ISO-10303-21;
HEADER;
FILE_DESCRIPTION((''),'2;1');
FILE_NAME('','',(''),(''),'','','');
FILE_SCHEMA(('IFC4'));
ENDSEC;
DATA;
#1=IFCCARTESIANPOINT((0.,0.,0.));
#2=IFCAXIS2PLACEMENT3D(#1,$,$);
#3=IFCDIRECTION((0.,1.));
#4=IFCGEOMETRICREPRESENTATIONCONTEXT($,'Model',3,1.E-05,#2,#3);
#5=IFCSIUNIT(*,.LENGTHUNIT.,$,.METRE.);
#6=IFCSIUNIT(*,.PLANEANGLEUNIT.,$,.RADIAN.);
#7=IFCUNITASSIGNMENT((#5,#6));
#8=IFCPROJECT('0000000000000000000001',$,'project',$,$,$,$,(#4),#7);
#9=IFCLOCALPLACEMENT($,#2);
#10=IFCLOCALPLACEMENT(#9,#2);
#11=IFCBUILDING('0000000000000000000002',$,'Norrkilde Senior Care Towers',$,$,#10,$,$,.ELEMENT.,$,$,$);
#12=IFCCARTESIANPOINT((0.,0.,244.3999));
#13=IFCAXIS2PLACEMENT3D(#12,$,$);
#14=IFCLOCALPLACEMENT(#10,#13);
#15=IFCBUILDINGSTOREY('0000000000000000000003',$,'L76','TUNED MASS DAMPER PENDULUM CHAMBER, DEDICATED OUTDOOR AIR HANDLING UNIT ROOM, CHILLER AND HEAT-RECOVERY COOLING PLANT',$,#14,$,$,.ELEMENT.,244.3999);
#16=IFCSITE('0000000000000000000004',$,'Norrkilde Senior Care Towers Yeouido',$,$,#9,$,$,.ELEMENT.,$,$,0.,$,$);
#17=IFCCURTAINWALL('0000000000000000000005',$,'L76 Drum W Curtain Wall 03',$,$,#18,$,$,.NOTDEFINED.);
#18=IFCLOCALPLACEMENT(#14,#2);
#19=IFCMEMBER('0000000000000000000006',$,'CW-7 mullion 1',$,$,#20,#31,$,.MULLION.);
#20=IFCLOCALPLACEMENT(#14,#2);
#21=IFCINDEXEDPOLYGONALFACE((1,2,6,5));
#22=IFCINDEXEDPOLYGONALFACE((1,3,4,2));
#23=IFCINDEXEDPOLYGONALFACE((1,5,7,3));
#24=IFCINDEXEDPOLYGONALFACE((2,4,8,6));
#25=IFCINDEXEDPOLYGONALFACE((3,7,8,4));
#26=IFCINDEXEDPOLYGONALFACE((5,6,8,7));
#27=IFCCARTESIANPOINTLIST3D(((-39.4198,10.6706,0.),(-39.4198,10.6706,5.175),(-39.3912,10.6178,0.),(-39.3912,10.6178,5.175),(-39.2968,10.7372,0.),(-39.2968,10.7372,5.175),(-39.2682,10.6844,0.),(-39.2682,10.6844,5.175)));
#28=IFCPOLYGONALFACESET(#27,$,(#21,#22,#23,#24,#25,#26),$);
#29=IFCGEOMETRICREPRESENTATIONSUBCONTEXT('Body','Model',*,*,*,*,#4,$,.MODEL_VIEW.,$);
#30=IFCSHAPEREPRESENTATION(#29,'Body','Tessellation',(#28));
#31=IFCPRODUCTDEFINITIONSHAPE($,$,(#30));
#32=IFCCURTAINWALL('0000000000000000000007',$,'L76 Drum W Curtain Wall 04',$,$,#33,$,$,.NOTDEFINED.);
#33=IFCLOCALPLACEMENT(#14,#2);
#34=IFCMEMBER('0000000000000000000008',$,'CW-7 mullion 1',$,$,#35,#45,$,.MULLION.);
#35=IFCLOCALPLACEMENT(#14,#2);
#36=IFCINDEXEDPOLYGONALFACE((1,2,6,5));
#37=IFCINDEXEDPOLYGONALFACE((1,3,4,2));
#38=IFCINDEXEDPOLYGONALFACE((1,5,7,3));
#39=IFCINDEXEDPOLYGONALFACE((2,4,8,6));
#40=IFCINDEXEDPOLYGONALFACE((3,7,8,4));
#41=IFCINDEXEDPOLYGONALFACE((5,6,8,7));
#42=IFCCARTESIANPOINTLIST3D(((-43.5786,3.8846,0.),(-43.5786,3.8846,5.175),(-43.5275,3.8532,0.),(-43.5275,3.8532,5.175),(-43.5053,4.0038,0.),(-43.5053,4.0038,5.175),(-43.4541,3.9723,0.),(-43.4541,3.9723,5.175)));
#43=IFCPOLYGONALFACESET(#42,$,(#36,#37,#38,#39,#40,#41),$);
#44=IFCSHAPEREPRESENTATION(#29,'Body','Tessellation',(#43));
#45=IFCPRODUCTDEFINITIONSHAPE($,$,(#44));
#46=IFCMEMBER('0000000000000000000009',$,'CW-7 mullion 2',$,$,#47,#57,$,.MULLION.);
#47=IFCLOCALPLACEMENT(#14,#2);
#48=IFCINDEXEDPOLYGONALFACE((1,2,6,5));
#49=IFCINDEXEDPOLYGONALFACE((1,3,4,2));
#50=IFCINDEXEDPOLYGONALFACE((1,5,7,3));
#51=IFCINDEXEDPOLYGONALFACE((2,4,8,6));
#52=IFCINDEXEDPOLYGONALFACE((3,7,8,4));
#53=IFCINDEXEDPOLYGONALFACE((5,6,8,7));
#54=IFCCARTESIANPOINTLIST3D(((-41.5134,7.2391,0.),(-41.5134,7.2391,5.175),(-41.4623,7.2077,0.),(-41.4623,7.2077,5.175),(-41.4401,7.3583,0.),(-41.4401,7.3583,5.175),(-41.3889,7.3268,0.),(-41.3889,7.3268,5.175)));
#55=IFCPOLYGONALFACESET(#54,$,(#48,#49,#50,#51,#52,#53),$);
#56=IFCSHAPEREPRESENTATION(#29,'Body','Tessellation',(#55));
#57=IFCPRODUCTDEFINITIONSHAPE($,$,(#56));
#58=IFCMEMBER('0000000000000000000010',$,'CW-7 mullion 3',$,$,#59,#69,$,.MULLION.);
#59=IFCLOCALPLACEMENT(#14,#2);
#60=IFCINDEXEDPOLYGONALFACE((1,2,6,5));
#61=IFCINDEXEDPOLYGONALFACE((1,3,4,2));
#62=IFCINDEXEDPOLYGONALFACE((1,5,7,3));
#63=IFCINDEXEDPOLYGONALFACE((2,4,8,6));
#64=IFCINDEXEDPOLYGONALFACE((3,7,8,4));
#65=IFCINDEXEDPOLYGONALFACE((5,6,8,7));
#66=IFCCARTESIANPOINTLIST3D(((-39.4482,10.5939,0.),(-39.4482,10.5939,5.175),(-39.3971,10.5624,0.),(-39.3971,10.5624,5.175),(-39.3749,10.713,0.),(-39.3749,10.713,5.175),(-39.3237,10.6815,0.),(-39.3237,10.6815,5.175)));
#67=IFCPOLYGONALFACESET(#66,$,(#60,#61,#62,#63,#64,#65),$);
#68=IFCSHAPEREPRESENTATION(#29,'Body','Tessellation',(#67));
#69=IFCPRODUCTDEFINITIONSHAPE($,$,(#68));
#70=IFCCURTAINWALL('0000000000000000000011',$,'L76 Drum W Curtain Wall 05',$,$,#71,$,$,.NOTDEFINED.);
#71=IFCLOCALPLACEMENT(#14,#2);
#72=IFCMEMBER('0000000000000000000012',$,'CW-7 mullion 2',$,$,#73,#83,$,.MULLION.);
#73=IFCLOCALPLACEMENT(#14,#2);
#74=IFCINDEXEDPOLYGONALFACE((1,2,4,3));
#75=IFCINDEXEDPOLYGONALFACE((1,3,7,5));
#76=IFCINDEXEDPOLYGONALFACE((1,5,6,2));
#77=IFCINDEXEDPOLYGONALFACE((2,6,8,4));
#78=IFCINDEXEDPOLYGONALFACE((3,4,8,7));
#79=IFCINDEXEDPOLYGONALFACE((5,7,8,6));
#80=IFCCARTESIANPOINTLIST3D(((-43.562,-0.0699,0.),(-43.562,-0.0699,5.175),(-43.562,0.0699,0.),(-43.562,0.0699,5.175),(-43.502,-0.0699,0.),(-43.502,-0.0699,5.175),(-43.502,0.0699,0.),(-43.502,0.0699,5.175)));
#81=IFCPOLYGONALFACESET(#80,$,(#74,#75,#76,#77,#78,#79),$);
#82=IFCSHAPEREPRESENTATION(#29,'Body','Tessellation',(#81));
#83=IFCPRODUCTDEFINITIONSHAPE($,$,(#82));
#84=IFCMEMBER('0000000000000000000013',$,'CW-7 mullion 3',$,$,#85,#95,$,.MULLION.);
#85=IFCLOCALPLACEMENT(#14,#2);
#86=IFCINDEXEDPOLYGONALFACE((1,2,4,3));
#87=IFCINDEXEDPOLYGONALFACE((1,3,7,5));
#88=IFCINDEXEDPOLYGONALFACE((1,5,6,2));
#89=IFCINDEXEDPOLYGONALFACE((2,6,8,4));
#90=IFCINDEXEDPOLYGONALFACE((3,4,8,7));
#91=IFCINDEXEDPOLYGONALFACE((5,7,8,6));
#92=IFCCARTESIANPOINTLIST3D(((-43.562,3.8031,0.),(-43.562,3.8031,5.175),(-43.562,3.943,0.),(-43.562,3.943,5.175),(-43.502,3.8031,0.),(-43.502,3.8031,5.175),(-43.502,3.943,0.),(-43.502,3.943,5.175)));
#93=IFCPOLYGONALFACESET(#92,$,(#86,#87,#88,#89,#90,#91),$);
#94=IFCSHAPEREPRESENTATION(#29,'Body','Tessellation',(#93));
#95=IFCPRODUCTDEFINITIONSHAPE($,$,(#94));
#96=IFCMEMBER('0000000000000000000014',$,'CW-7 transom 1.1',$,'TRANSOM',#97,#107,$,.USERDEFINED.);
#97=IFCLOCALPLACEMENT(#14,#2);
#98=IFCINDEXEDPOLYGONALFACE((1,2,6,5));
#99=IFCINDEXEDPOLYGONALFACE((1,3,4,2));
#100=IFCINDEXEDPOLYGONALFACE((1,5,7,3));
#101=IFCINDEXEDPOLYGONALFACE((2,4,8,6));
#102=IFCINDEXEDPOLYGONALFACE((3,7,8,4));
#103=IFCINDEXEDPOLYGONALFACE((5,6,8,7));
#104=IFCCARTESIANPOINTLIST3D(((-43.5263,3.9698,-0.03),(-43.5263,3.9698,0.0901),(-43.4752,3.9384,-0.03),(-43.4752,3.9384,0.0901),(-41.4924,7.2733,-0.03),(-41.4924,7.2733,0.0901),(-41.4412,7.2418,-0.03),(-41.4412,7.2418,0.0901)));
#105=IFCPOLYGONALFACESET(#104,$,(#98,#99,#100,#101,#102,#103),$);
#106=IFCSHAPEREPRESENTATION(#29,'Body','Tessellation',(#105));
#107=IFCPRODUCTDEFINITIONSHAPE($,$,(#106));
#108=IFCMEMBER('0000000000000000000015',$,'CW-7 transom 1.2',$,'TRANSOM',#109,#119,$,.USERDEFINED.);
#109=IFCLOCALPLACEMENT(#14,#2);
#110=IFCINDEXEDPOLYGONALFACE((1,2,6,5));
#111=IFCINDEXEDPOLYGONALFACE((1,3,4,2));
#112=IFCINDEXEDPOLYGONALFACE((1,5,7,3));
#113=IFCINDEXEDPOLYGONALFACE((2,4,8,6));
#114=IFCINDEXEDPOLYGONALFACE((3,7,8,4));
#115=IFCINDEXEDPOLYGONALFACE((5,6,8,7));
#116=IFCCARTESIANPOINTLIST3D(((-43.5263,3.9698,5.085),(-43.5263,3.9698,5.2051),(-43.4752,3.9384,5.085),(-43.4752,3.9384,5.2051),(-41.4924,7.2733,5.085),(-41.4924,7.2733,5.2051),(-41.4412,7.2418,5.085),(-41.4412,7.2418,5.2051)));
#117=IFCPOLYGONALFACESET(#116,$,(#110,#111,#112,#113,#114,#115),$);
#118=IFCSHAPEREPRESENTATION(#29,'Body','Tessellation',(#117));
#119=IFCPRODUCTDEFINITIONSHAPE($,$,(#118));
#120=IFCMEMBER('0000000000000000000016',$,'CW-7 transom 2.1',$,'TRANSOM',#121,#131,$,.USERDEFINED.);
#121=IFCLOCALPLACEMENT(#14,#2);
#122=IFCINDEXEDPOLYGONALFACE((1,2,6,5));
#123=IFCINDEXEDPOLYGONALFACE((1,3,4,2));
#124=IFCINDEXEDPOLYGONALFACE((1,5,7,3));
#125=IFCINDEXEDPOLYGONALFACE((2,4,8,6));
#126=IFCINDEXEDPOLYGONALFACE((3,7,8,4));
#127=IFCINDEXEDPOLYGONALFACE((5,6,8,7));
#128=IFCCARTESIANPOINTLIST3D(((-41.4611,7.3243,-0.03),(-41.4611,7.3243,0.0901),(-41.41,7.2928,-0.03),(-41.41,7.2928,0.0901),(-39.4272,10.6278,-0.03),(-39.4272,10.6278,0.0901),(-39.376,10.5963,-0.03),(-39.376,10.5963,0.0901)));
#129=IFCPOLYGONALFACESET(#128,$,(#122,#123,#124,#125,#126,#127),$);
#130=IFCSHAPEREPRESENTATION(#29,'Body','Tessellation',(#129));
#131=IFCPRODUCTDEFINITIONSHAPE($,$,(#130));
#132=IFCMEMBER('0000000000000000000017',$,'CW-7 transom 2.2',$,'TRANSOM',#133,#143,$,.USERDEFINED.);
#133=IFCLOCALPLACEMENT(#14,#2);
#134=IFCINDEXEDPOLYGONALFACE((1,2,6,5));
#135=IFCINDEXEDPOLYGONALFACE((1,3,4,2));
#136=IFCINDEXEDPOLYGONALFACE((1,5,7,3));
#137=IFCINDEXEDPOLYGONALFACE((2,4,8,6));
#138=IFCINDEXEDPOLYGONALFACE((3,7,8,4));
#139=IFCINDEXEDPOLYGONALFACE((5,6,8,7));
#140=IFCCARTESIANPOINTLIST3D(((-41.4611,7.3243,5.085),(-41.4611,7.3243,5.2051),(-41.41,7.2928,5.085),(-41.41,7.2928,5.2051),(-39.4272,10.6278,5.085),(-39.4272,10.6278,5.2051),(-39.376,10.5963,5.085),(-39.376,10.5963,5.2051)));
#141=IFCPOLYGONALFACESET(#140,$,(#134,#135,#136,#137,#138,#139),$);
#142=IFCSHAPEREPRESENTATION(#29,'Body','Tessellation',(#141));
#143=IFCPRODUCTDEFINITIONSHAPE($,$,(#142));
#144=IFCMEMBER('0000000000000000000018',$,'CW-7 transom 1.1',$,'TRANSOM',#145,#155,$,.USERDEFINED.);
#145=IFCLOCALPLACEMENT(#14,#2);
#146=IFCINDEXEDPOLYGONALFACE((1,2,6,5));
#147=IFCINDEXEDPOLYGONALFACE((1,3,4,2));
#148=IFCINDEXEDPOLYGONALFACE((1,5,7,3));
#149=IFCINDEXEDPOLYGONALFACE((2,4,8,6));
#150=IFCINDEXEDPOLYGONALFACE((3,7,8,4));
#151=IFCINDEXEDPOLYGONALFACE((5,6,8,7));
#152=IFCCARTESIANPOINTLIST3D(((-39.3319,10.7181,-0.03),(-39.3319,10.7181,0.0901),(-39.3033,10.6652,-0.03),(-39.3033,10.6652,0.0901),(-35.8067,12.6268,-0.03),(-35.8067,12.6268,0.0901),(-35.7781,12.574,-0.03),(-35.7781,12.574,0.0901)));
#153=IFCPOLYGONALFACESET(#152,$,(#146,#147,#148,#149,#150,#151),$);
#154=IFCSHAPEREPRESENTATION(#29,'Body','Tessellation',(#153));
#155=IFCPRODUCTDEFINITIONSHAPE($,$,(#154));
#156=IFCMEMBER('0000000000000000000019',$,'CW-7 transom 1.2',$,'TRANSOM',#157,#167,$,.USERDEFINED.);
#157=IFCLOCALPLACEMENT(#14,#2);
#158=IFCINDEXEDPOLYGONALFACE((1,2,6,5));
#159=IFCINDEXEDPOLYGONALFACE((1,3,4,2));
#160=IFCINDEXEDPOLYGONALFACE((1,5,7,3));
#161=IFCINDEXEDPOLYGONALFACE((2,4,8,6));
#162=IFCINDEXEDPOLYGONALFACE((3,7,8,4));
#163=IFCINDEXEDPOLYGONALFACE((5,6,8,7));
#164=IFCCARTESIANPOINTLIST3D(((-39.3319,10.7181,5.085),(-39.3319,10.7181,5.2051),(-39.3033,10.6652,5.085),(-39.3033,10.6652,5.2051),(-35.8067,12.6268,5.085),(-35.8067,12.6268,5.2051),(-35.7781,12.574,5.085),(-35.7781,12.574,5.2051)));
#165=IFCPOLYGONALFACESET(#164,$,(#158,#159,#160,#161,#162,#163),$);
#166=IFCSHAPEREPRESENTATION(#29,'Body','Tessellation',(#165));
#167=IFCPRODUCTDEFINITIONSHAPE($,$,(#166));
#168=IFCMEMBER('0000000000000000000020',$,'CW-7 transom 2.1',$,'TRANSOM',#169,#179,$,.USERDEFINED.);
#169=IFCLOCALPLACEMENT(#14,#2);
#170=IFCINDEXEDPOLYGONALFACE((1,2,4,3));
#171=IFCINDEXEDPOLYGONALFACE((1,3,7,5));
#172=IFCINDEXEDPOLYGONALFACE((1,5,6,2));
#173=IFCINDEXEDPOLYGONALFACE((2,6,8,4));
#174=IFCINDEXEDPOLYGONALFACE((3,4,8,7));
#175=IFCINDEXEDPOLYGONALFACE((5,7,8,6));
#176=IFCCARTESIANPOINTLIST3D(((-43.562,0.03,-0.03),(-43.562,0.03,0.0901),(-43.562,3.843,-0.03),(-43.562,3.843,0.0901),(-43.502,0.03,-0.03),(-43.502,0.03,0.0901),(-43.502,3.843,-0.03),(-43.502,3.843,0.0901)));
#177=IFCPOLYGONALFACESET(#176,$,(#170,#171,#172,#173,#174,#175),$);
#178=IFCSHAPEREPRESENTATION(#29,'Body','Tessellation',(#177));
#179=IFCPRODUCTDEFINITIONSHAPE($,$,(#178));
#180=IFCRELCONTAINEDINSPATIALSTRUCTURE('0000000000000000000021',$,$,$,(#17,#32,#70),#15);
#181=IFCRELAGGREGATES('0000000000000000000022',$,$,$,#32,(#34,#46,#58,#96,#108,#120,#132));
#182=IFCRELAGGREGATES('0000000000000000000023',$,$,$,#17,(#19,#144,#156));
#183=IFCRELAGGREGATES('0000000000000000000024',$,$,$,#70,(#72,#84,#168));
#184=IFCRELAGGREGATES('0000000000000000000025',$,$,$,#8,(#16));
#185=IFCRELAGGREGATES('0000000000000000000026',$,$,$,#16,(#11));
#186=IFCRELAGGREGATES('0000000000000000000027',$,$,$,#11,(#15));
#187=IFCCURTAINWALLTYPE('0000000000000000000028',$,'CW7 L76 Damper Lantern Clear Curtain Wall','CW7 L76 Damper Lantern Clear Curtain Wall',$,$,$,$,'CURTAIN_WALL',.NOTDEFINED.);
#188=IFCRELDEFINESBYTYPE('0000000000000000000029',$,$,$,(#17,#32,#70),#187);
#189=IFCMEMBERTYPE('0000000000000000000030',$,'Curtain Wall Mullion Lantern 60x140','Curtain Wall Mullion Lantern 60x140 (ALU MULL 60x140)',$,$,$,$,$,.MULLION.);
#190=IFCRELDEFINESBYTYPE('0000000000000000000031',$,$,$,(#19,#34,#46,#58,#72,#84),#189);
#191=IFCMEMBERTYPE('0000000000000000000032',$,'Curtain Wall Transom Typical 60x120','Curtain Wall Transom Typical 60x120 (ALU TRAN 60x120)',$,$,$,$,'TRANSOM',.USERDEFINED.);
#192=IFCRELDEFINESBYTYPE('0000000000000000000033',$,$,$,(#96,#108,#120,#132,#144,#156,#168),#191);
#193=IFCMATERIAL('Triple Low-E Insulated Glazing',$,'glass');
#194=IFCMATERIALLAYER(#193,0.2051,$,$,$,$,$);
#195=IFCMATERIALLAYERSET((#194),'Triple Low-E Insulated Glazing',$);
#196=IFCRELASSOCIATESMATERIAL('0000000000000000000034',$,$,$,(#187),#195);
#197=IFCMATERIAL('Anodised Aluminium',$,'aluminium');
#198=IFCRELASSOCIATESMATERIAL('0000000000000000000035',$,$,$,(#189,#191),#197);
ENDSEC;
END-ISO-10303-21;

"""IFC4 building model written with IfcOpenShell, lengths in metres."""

from ifc_helpers import new_model, si_unit, direction, frame, origin, origin_2d, place, context, subcontext, project, spatial, rectangle, extrude, source, transform, mapped, material, layer, layer_set, material_profile, profile_set, type_object, type_shapes, element, aggregate, save


model = new_model("IFC4")

# Units and contexts
model_context = context("Model", 3, precision=1e-05, world=origin(), true_north=direction((0.0, 1.0)))
body_context = subcontext(model_context, "Body", "Model", "MODEL_VIEW")
ifc_project = project(units=[si_unit("LENGTHUNIT", "METRE"), si_unit("PLANEANGLEUNIT", "RADIAN")], contexts=[model_context])

# Site, building, storey
site_placement = place(None, origin())
site = spatial("IfcSite", under=ifc_project, at=site_placement, Name="Norrkilde Senior Care Towers Yeouido", CompositionType="ELEMENT", RefElevation=0.0)
building_placement = place(site_placement, origin())
building = spatial("IfcBuilding", under=site, at=building_placement, Name="Norrkilde Senior Care Towers", CompositionType="ELEMENT")
storey_placement = place(building_placement, frame((0.0, 0.0, 244.3999)))
storey = spatial("IfcBuildingStorey", under=building, at=storey_placement, Name="L76", Description="TUNED MASS DAMPER PENDULUM CHAMBER, DEDICATED OUTDOOR AIR HANDLING UNIT ROOM, CHILLER AND HEAT-RECOVERY COOLING PLANT", CompositionType="ELEMENT", Elevation=244.3999)

# Curtain wall, member
ifc_material_1 = material(Name="Triple Low-E Insulated Glazing", Category="glass")
ifc_layer_1 = layer(ifc_material_1, 0.2051)
ifc_layer_set_1 = layer_set([ifc_layer_1], Name="Triple Low-E Insulated Glazing")
curtain_wall_type = type_object("IfcCurtainWallType", Name="CW7 L76 Damper Lantern Clear Curtain Wall", Description="CW7 L76 Damper Lantern Clear Curtain Wall", ElementType="CURTAIN_WALL", PredefinedType="NOTDEFINED", material=ifc_layer_set_1)
curtain_wall_1_placement = place(storey_placement, origin())
curtain_wall_1 = element("IfcCurtainWall", 1, at=curtain_wall_1_placement, inside=storey, type_object=curtain_wall_type, Name="L76 Drum W Curtain Wall 03", PredefinedType="NOTDEFINED")
ifc_material_2 = material(Name="Anodised Aluminium", Category="aluminium")
ifc_material_profile_1 = material_profile(ifc_material_2, rectangle(XDim=0.0601, YDim=0.1399, at=origin_2d()), Name="ALU MULL 60x140")
ifc_profile_set_1 = profile_set([ifc_material_profile_1], Name="Anodised Aluminium")
member_type_1 = type_object("IfcMemberType", Name="Curtain Wall Mullion Lantern 60x140", Description="Curtain Wall Mullion Lantern 60x140 (ALU MULL 60x140)", PredefinedType="MULLION", material=ifc_profile_set_1)
shared_shape_1 = source(origin(), body_context, "Body", "SweptSolid", [
    extrude(rectangle(XDim=0.0601, YDim=0.1399, at=origin_2d()), origin(), (0.0, 0.0, 1.0), 5.175),
])
type_shapes(member_type_1, [shared_shape_1])
member_1_placement = place(storey_placement, frame((-39.344, 10.6775, 0.0), z_axis=(0.0, 0.0, 1.0), x_axis=(-0.476133, 0.879373, 0.0)))
member_1 = element("IfcMember", 2, at=member_1_placement, type_object=member_type_1, Name="CW-7 mullion 1", PredefinedType="MULLION", context=body_context, shape_type="MappedRepresentation", body=[
    mapped(shared_shape_1, transform((0.0, 0.0, 0.0), x_axis=(1.0, 0.0, 0.0), y_axis=(0.0, 1.0, 0.0), z_axis=(0.0, 0.0, 1.0), scale=1.0)),
])

# Curtain walls, members
curtain_wall_2_placement = place(storey_placement, origin())
curtain_wall_2 = element("IfcCurtainWall", 3, at=curtain_wall_2_placement, inside=storey, type_object=curtain_wall_type, Name="L76 Drum W Curtain Wall 04", PredefinedType="NOTDEFINED")
member_2_placement = place(storey_placement, frame((-43.5164, 3.9285, 0.0), z_axis=(0.0, 0.0, 1.0), x_axis=(-0.851563, 0.524253, 0.0)))
member_2 = element("IfcMember", 4, at=member_2_placement, type_object=member_type_1, Name="CW-7 mullion 1", PredefinedType="MULLION", context=body_context, shape_type="MappedRepresentation", body=[
    mapped(shared_shape_1, transform((0.0, 0.0, 0.0), x_axis=(1.0, 0.0, 0.0), y_axis=(0.0, 1.0, 0.0), z_axis=(0.0, 0.0, 1.0), scale=1.0)),
])
member_3_placement = place(storey_placement, frame((-41.4512, 7.283, 0.0), z_axis=(0.0, 0.0, 1.0), x_axis=(-0.851563, 0.524253, 0.0)))
member_3 = element("IfcMember", 5, at=member_3_placement, type_object=member_type_1, Name="CW-7 mullion 2", PredefinedType="MULLION", context=body_context, shape_type="MappedRepresentation", body=[
    mapped(shared_shape_1, transform((0.0, 0.0, 0.0), x_axis=(1.0, 0.0, 0.0), y_axis=(0.0, 1.0, 0.0), z_axis=(0.0, 0.0, 1.0), scale=1.0)),
])
member_4_placement = place(storey_placement, frame((-39.386, 10.6377, 0.0), z_axis=(0.0, 0.0, 1.0), x_axis=(-0.851563, 0.524253, 0.0)))
member_4 = element("IfcMember", 6, at=member_4_placement, type_object=member_type_1, Name="CW-7 mullion 3", PredefinedType="MULLION", context=body_context, shape_type="MappedRepresentation", body=[
    mapped(shared_shape_1, transform((0.0, 0.0, 0.0), x_axis=(1.0, 0.0, 0.0), y_axis=(0.0, 1.0, 0.0), z_axis=(0.0, 0.0, 1.0), scale=1.0)),
])
curtain_wall_3_placement = place(storey_placement, origin())
curtain_wall_3 = element("IfcCurtainWall", 7, at=curtain_wall_3_placement, inside=storey, type_object=curtain_wall_type, Name="L76 Drum W Curtain Wall 05", PredefinedType="NOTDEFINED")
member_5_placement = place(storey_placement, frame((-43.532, 0.0, 0.0), z_axis=(0.0, 0.0, 1.0), x_axis=(-1.0, 0.0, 0.0)))
member_5 = element("IfcMember", 8, at=member_5_placement, type_object=member_type_1, Name="CW-7 mullion 2", PredefinedType="MULLION", context=body_context, shape_type="MappedRepresentation", body=[
    mapped(shared_shape_1, transform((0.0, 0.0, 0.0), x_axis=(1.0, 0.0, 0.0), y_axis=(0.0, 1.0, 0.0), z_axis=(0.0, 0.0, 1.0), scale=1.0)),
])
member_6_placement = place(storey_placement, frame((-43.532, 3.873, 0.0), z_axis=(0.0, 0.0, 1.0), x_axis=(-1.0, 0.0, 0.0)))
member_6 = element("IfcMember", 9, at=member_6_placement, type_object=member_type_1, Name="CW-7 mullion 3", PredefinedType="MULLION", context=body_context, shape_type="MappedRepresentation", body=[
    mapped(shared_shape_1, transform((0.0, 0.0, 0.0), x_axis=(1.0, 0.0, 0.0), y_axis=(0.0, 1.0, 0.0), z_axis=(0.0, 0.0, 1.0), scale=1.0)),
])

# Members
ifc_material_profile_2 = material_profile(ifc_material_2, rectangle(XDim=0.0601, YDim=0.1201, at=origin_2d()), Name="ALU TRAN 60x120")
ifc_profile_set_2 = profile_set([ifc_material_profile_2], Name="Anodised Aluminium")
member_type_2 = type_object("IfcMemberType", Name="Curtain Wall Transom Typical 60x120", Description="Curtain Wall Transom Typical 60x120 (ALU TRAN 60x120)", ElementType="TRANSOM", PredefinedType="USERDEFINED", material=ifc_profile_set_2)
shared_shape_2 = source(origin(), body_context, "Body", "SweptSolid", [
    extrude(rectangle(XDim=0.0601, YDim=0.1201, at=origin_2d()), origin(), (0.0, 0.0, 1.0), 3.8794),
])
member_7_placement = place(storey_placement, frame((-43.5007, 3.9541, 0.03), z_axis=(0.524291, 0.851539, 0.0), x_axis=(-0.851539, 0.524291, 0.0)))
member_7 = element("IfcMember", 10, at=member_7_placement, type_object=member_type_2, Name="CW-7 transom 1.1", ObjectType="TRANSOM", PredefinedType="USERDEFINED", context=body_context, shape_type="MappedRepresentation", body=[
    mapped(shared_shape_2, transform((0.0, 0.0, 0.0), x_axis=(1.0, 0.0, 0.0), y_axis=(0.0, 1.0, 0.0), z_axis=(0.0, 0.0, 1.0), scale=1.0)),
])
member_8_placement = place(storey_placement, frame((-43.5007, 3.9541, 5.145), z_axis=(0.524291, 0.851539, 0.0), x_axis=(-0.851539, 0.524291, 0.0)))
member_8 = element("IfcMember", 11, at=member_8_placement, type_object=member_type_2, Name="CW-7 transom 1.2", ObjectType="TRANSOM", PredefinedType="USERDEFINED", context=body_context, shape_type="MappedRepresentation", body=[
    mapped(shared_shape_2, transform((0.0, 0.0, 0.0), x_axis=(1.0, 0.0, 0.0), y_axis=(0.0, 1.0, 0.0), z_axis=(0.0, 0.0, 1.0), scale=1.0)),
])
member_9_placement = place(storey_placement, frame((-41.4355, 7.3086, 0.03), z_axis=(0.524291, 0.851539, 0.0), x_axis=(-0.851539, 0.524291, 0.0)))
member_9 = element("IfcMember", 12, at=member_9_placement, type_object=member_type_2, Name="CW-7 transom 2.1", ObjectType="TRANSOM", PredefinedType="USERDEFINED", context=body_context, shape_type="MappedRepresentation", body=[
    mapped(shared_shape_2, transform((0.0, 0.0, 0.0), x_axis=(1.0, 0.0, 0.0), y_axis=(0.0, 1.0, 0.0), z_axis=(0.0, 0.0, 1.0), scale=1.0)),
])
member_10_placement = place(storey_placement, frame((-41.4355, 7.3086, 5.145), z_axis=(0.524291, 0.851539, 0.0), x_axis=(-0.851539, 0.524291, 0.0)))
member_10 = element("IfcMember", 13, at=member_10_placement, type_object=member_type_2, Name="CW-7 transom 2.2", ObjectType="TRANSOM", PredefinedType="USERDEFINED", context=body_context, shape_type="MappedRepresentation", body=[
    mapped(shared_shape_2, transform((0.0, 0.0, 0.0), x_axis=(1.0, 0.0, 0.0), y_axis=(0.0, 1.0, 0.0), z_axis=(0.0, 0.0, 1.0), scale=1.0)),
])
shared_shape_3 = source(origin(), body_context, "Body", "SweptSolid", [
    extrude(rectangle(XDim=0.0601, YDim=0.1201, at=origin_2d()), origin(), (0.0, 0.0, 1.0), 4.0088),
])
member_11_placement = place(storey_placement, frame((-39.3176, 10.6917, 0.03), z_axis=(0.879372, 0.476136, 0.0), x_axis=(-0.476136, 0.879372, 0.0)))
member_11 = element("IfcMember", 14, at=member_11_placement, type_object=member_type_2, Name="CW-7 transom 1.1", ObjectType="TRANSOM", PredefinedType="USERDEFINED", context=body_context, shape_type="MappedRepresentation", body=[
    mapped(shared_shape_3, transform((0.0, 0.0, 0.0), x_axis=(1.0, 0.0, 0.0), y_axis=(0.0, 1.0, 0.0), z_axis=(0.0, 0.0, 1.0), scale=1.0)),
])
member_12_placement = place(storey_placement, frame((-39.3176, 10.6917, 5.145), z_axis=(0.879372, 0.476136, 0.0), x_axis=(-0.476136, 0.879372, 0.0)))
member_12 = element("IfcMember", 15, at=member_12_placement, type_object=member_type_2, Name="CW-7 transom 1.2", ObjectType="TRANSOM", PredefinedType="USERDEFINED", context=body_context, shape_type="MappedRepresentation", body=[
    mapped(shared_shape_3, transform((0.0, 0.0, 0.0), x_axis=(1.0, 0.0, 0.0), y_axis=(0.0, 1.0, 0.0), z_axis=(0.0, 0.0, 1.0), scale=1.0)),
])
shared_shape_4 = source(origin(), body_context, "Body", "SweptSolid", [
    extrude(rectangle(XDim=0.0601, YDim=0.1201, at=origin_2d()), origin(), (0.0, 0.0, 1.0), 3.813),
])
type_shapes(member_type_2, [shared_shape_2, shared_shape_3, shared_shape_4])
member_13_placement = place(storey_placement, frame((-43.532, 0.03, 0.03), z_axis=(0.0, 1.0, 0.0), x_axis=(-1.0, 0.0, 0.0)))
member_13 = element("IfcMember", 16, at=member_13_placement, type_object=member_type_2, Name="CW-7 transom 2.1", ObjectType="TRANSOM", PredefinedType="USERDEFINED", context=body_context, shape_type="MappedRepresentation", body=[
    mapped(shared_shape_4, transform((0.0, 0.0, 0.0), x_axis=(1.0, 0.0, 0.0), y_axis=(0.0, 1.0, 0.0), z_axis=(0.0, 0.0, 1.0), scale=1.0)),
])

aggregate(curtain_wall_2, [member_2, member_3, member_4, member_7, member_8, member_9, member_10])
aggregate(curtain_wall_1, [member_1, member_11, member_12])
aggregate(curtain_wall_3, [member_5, member_6, member_13])

save(model, "model.ifc")
